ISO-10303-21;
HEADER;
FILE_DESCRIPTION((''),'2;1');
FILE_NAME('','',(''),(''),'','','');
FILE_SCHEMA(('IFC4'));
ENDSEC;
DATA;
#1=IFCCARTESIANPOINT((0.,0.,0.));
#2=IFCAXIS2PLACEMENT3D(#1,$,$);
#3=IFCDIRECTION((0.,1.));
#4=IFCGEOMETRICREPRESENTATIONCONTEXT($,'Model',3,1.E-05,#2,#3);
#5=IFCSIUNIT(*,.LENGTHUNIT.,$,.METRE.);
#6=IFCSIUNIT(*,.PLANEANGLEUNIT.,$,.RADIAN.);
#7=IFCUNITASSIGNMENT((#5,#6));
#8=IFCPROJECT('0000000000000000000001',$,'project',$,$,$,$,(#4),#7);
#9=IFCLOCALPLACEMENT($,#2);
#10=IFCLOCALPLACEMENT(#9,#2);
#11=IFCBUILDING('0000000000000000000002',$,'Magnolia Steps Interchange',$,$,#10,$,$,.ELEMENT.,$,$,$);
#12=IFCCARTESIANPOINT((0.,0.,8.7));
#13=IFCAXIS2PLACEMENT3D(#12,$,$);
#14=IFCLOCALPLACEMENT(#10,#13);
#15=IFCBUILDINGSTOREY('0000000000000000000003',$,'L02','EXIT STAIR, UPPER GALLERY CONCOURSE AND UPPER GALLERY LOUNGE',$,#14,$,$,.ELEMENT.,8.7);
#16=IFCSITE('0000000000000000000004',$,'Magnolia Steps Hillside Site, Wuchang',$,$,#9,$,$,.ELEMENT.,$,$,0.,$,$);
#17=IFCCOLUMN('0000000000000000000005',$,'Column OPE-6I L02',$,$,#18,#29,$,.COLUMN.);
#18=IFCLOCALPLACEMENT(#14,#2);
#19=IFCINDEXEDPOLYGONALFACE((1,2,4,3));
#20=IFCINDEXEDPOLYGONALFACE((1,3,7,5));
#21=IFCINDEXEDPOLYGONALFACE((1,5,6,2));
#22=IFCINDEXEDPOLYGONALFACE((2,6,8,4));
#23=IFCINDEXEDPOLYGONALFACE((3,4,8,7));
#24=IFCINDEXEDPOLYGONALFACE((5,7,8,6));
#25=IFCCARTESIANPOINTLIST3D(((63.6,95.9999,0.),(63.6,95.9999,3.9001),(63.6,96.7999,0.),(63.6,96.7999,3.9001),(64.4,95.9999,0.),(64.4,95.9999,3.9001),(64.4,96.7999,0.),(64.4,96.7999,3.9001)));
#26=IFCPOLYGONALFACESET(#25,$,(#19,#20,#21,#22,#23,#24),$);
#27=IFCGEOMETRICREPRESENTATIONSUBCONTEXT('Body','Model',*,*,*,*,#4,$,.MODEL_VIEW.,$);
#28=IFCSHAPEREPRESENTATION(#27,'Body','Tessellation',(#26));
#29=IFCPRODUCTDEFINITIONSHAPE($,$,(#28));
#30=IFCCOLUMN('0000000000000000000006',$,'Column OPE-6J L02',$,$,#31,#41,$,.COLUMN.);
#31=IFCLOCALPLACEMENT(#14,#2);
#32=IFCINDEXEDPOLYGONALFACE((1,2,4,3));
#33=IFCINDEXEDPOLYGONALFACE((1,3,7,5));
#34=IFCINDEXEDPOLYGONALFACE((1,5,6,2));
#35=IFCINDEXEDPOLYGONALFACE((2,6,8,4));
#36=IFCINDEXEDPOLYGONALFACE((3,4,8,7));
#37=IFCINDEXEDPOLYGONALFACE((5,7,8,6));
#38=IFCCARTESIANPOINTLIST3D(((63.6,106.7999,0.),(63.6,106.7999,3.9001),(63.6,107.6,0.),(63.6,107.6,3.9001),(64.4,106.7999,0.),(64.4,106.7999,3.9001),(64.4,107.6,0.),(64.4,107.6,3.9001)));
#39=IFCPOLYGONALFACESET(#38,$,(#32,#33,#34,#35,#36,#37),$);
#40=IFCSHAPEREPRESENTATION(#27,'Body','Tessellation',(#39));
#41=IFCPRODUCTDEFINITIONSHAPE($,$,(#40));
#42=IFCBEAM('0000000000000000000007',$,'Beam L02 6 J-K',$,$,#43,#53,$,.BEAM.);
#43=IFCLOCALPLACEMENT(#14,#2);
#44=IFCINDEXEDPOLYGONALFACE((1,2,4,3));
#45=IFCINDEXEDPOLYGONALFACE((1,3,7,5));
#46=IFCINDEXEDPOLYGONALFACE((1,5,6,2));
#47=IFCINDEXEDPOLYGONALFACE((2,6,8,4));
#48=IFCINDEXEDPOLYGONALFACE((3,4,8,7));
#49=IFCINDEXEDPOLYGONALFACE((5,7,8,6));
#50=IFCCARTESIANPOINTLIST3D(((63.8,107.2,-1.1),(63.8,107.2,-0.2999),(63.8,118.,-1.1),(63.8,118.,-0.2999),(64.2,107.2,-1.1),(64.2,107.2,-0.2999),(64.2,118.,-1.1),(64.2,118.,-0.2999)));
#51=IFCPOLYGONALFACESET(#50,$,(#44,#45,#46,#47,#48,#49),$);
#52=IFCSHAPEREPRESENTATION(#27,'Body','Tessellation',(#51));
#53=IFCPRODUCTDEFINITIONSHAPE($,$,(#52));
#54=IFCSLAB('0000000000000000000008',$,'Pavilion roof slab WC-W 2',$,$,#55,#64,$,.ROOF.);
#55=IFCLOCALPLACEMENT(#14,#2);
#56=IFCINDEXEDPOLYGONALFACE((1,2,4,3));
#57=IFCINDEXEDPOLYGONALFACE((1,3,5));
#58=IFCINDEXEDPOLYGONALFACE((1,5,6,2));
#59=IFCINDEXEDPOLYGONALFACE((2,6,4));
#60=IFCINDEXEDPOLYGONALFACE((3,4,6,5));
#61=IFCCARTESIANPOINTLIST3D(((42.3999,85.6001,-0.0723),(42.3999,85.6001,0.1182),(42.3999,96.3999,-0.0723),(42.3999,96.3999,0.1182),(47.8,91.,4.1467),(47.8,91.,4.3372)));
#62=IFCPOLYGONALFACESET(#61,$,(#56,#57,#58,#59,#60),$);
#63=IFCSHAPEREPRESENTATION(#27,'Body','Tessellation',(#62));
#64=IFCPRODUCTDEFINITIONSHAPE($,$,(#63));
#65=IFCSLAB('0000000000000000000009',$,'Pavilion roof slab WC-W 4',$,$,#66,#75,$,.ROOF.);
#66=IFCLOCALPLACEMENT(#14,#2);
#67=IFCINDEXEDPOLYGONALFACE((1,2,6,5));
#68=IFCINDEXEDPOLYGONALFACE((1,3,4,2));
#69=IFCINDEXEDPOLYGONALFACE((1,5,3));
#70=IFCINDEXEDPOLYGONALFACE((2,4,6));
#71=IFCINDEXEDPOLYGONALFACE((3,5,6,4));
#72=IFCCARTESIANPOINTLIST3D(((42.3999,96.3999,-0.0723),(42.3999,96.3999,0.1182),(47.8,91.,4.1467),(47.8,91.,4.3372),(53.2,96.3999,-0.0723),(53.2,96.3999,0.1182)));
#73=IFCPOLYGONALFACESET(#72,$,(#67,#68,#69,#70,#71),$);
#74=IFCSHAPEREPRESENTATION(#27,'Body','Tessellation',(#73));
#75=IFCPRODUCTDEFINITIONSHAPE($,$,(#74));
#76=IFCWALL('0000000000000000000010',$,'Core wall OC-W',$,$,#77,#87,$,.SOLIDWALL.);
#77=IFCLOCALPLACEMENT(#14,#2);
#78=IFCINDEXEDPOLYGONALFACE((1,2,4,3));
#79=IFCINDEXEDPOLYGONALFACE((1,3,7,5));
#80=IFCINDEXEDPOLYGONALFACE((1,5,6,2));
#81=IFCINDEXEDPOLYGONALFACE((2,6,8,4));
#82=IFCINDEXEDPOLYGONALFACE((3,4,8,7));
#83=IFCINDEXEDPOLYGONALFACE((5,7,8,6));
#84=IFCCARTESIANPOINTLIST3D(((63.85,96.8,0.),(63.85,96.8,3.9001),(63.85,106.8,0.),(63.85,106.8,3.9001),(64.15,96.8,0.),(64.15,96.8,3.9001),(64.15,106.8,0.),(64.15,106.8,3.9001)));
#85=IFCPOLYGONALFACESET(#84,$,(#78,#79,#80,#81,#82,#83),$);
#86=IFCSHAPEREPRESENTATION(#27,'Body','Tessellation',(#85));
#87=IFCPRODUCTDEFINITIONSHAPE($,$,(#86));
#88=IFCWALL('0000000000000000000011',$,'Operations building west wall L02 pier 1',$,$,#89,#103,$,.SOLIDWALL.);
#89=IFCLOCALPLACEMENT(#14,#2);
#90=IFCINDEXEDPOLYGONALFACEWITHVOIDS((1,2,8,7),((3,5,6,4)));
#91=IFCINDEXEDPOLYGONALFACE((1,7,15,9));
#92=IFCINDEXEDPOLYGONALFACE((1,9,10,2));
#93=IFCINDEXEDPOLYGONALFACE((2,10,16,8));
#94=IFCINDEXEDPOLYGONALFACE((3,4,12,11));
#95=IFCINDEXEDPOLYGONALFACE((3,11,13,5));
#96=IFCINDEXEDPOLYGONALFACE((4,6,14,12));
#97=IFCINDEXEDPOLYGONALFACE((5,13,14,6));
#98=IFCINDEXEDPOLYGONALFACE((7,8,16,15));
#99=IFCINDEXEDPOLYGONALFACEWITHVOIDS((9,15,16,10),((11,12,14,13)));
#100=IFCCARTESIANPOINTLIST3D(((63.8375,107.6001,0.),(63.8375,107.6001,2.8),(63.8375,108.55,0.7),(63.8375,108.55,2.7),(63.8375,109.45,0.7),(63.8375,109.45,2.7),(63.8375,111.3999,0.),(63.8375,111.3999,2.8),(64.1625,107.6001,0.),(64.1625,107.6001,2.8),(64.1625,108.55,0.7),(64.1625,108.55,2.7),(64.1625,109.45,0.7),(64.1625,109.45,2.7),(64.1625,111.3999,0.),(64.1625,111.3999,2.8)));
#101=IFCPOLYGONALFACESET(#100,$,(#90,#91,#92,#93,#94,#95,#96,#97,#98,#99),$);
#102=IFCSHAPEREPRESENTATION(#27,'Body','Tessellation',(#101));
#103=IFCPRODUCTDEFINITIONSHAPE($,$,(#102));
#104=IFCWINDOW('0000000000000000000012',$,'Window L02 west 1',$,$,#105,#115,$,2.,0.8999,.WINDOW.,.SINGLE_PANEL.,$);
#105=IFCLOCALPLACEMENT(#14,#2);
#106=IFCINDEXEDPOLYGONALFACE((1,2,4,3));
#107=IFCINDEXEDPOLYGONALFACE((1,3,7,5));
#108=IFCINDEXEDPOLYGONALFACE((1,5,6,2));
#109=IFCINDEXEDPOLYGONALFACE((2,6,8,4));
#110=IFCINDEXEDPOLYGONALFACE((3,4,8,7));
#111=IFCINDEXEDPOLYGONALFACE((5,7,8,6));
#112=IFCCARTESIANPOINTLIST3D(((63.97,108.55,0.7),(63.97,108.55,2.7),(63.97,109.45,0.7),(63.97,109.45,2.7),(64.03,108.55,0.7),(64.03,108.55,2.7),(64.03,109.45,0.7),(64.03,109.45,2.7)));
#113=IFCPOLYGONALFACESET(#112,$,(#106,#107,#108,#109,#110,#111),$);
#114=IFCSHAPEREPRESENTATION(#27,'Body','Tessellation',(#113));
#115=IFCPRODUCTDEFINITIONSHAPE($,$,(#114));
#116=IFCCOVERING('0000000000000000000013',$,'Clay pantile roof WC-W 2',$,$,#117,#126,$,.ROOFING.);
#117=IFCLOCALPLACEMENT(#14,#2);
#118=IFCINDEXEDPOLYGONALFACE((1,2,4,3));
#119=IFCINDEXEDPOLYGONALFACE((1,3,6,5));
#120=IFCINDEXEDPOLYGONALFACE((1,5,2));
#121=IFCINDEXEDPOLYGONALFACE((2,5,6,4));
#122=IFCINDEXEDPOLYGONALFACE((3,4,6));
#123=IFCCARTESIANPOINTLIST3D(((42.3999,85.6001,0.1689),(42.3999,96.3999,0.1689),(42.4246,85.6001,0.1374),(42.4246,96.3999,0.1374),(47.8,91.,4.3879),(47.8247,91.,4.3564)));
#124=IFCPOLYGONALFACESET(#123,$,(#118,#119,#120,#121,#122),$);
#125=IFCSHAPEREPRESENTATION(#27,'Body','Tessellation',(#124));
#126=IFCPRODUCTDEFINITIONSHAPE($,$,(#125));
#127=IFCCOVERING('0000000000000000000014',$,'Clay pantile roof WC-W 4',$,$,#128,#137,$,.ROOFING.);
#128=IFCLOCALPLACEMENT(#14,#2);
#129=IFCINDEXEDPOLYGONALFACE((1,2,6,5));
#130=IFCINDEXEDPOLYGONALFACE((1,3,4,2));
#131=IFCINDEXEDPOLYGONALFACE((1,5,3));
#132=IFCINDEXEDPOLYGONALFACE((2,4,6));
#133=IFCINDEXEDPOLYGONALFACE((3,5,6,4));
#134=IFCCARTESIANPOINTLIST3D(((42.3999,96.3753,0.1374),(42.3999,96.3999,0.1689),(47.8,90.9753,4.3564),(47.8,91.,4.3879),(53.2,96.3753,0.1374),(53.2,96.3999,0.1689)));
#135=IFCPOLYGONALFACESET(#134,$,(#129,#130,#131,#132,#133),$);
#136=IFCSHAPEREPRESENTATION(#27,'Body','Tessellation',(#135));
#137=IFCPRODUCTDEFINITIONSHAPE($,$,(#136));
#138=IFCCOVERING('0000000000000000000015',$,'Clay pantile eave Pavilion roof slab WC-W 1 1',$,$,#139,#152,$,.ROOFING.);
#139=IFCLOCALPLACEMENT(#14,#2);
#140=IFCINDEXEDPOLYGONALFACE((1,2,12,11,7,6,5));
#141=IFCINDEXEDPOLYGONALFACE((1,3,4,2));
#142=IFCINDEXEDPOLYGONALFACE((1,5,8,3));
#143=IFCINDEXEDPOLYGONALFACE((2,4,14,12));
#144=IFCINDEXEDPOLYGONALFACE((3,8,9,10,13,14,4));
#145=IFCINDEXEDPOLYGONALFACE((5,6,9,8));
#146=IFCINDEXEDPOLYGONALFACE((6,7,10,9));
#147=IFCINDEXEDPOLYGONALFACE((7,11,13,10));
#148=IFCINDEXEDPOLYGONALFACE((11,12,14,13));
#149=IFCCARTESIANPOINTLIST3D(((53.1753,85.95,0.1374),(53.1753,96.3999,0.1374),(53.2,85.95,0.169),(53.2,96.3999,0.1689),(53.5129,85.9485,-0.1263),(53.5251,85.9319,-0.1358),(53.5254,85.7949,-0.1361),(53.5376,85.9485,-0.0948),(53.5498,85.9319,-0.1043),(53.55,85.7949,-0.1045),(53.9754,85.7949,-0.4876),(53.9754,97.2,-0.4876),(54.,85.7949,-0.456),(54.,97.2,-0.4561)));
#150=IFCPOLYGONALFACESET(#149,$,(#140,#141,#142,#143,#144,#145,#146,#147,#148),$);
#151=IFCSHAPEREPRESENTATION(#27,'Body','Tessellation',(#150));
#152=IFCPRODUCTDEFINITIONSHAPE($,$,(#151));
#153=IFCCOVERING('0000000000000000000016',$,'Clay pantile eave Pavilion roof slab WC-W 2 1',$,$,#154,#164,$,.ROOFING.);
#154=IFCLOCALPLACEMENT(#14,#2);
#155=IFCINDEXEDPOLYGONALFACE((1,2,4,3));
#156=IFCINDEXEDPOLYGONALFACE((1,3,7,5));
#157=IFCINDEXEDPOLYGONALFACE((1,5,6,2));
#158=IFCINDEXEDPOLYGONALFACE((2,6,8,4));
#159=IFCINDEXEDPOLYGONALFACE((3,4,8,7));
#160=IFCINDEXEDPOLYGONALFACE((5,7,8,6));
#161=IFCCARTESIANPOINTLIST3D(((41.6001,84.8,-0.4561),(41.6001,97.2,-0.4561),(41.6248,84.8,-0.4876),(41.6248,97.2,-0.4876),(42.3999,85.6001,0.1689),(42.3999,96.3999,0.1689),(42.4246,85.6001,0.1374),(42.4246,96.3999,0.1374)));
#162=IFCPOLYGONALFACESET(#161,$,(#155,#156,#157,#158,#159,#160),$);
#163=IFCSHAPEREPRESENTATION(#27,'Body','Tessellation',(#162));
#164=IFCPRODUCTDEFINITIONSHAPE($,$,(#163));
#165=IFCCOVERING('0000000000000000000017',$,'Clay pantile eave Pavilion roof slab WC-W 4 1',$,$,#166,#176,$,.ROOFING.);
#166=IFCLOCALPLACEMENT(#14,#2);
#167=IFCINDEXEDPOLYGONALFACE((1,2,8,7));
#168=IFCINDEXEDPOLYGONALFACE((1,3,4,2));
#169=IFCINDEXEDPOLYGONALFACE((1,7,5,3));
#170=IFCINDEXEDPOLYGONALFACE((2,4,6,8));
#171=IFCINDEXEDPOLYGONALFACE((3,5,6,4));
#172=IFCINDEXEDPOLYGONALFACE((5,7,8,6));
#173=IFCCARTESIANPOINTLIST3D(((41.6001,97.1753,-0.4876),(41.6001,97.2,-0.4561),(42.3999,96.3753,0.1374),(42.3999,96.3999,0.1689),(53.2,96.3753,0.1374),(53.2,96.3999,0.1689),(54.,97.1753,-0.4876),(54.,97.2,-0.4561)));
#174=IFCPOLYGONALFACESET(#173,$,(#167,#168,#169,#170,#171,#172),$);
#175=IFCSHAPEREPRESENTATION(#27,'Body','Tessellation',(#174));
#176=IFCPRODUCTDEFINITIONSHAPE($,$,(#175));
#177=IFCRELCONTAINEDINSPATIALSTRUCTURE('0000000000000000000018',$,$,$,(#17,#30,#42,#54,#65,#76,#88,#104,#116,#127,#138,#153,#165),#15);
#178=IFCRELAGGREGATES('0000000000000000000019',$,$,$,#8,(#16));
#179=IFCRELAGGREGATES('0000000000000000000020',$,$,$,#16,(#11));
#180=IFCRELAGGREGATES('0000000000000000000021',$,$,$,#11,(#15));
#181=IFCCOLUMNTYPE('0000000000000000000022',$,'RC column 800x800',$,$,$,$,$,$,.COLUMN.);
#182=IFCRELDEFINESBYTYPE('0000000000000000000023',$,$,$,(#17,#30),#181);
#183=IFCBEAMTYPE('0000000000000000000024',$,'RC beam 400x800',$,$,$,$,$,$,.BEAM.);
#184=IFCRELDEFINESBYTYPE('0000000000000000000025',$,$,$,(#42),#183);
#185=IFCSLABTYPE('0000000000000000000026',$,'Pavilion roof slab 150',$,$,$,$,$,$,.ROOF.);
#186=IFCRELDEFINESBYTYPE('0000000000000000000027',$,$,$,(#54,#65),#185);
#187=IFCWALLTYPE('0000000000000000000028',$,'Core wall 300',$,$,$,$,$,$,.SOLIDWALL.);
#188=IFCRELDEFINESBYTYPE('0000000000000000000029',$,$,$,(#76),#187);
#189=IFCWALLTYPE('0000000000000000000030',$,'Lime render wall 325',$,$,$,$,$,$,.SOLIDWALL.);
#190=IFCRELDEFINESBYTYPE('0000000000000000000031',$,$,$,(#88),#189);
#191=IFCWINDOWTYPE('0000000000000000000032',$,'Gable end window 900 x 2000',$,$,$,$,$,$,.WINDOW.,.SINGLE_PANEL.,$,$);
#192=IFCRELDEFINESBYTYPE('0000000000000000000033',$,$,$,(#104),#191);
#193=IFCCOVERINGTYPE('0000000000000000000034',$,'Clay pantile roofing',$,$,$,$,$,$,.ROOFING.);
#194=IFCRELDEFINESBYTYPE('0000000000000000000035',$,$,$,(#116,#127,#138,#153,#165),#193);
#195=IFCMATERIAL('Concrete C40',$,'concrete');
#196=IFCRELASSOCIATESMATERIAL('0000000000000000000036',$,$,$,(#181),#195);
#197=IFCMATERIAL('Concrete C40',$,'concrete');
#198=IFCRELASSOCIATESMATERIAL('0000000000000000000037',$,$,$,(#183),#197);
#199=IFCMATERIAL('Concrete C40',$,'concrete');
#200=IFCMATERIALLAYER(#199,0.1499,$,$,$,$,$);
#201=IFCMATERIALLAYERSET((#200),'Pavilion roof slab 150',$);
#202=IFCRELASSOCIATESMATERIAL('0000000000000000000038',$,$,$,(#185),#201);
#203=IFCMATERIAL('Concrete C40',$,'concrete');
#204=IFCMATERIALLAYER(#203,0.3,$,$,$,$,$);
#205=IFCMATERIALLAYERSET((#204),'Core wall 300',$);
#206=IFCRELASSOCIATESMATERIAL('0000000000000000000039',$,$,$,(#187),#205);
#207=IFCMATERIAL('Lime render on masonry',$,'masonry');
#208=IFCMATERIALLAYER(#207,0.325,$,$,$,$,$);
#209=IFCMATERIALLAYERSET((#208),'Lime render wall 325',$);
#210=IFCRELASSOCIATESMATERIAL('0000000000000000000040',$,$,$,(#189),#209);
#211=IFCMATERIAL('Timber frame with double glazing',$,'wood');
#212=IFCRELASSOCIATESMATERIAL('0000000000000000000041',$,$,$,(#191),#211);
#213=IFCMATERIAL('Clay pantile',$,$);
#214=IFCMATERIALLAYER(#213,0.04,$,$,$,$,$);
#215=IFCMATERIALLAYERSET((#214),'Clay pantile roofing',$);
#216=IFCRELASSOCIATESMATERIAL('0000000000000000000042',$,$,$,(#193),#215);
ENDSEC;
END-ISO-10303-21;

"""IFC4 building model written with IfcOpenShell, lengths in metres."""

from ifc_helpers import new_model, si_unit, direction, frame, frame_2d, origin, origin_2d, place, context, subcontext, project, spatial, polyline, rectangle, outline, extrude, material, layer, layer_set, material_profile, profile_set, type_object, element, fill, save


model = new_model("IFC4")

# Units and contexts
model_context = context("Model", 3, precision=1e-05, world=origin(), true_north=direction((0.0, 1.0)))
body_context = subcontext(model_context, "Body", "Model", "MODEL_VIEW")
ifc_project = project(units=[si_unit("LENGTHUNIT", "METRE"), si_unit("PLANEANGLEUNIT", "RADIAN")], contexts=[model_context])

# Site, building, storey
site_placement = place(None, origin())
site = spatial("IfcSite", under=ifc_project, at=site_placement, Name="Magnolia Steps Hillside Site, Wuchang", CompositionType="ELEMENT", RefElevation=0.0)
building_placement = place(site_placement, origin())
building = spatial("IfcBuilding", under=site, at=building_placement, Name="Magnolia Steps Interchange", CompositionType="ELEMENT")
storey_placement = place(building_placement, frame((0.0, 0.0, 8.7)))
storey = spatial("IfcBuildingStorey", under=building, at=storey_placement, Name="L02", Description="EXIT STAIR, UPPER GALLERY CONCOURSE AND UPPER GALLERY LOUNGE", CompositionType="ELEMENT", Elevation=8.7)

# Columns
ifc_material_1 = material(Name="Concrete C40", Category="concrete")
ifc_material_profile_1 = material_profile(ifc_material_1, rectangle(XDim=0.8, YDim=0.8, at=origin_2d()), Name="RC800x800")
ifc_profile_set_1 = profile_set([ifc_material_profile_1], Name="Concrete C40")
column_type = type_object("IfcColumnType", Name="RC column 800x800", PredefinedType="COLUMN", material=ifc_profile_set_1)
for number, where, z_axis, x_axis, name in (
    (1, (64.0, 96.3999, 0.0), (0.0, 0.0, 1.0), (1.0, 0.0, 0.0), "Column OPE-6I L02"),
    (2, (64.0, 107.2, 0.0), (0.0, 0.0, 1.0), (1.0, 0.0, 0.0), "Column OPE-6J L02"),
):
    element("IfcColumn", number, at=place(storey_placement, frame(where, z_axis=z_axis, x_axis=x_axis)), inside=storey, type_object=column_type, Name=name, PredefinedType="COLUMN", context=body_context, shape_type="SweptSolid", body=[
        extrude(rectangle(XDim=0.8, YDim=0.8, at=origin_2d()), origin(), (0.0, 0.0, 1.0), 3.9001),
    ])

# Beam
ifc_material_2 = material(Name="Concrete C40", Category="concrete")
ifc_material_profile_2 = material_profile(ifc_material_2, rectangle(XDim=0.3999, YDim=0.8, at=origin_2d()), Name="RC400x800")
ifc_profile_set_2 = profile_set([ifc_material_profile_2], Name="Concrete C40")
beam_type = type_object("IfcBeamType", Name="RC beam 400x800", PredefinedType="BEAM", material=ifc_profile_set_2)
beam_placement = place(storey_placement, frame((64.0, 107.2, -0.7), z_axis=(0.0, 1.0, 0.0), x_axis=(-1.0, 0.0, 0.0)))
element("IfcBeam", 3, at=beam_placement, inside=storey, type_object=beam_type, Name="Beam L02 6 J-K", PredefinedType="BEAM", context=body_context, shape_type="SweptSolid", body=[
    extrude(rectangle(XDim=0.3999, YDim=0.8, at=origin_2d()), origin(), (0.0, 0.0, 1.0), 10.8),
])

# Slabs
ifc_material_3 = material(Name="Concrete C40", Category="concrete")
ifc_layer_1 = layer(ifc_material_3, 0.1499)
ifc_layer_set_1 = layer_set([ifc_layer_1], Name="Pavilion roof slab 150")
slab_type = type_object("IfcSlabType", Name="Pavilion roof slab 150", PredefinedType="ROOF", material=ifc_layer_set_1)
slab_1_placement = place(storey_placement, frame((42.3999, 96.3999, 0.1182), z_axis=(-0.615656, 0.0, 0.788015), x_axis=(0.0, -1.0, 0.0)))
element("IfcSlab", 4, at=slab_1_placement, inside=storey, type_object=slab_type, Name="Pavilion roof slab WC-W 2", PredefinedType="ROOF", context=body_context, shape_type="SweptSolid", body=[
    extrude(outline(polyline([(0.0, 0.0), (10.7998, 0.0), (5.3999, 6.8528), (0.0, 0.0)])), origin(), (0.0, -0.615656, -0.788015), 0.1904),
])
slab_2_placement = place(storey_placement, frame((53.2, 96.3999, 0.1182), z_axis=(0.0, 0.615673, 0.788002), x_axis=(-1.0, 0.0, 0.0)))
element("IfcSlab", 5, at=slab_2_placement, inside=storey, type_object=slab_type, Name="Pavilion roof slab WC-W 4", PredefinedType="ROOF", context=body_context, shape_type="SweptSolid", body=[
    extrude(outline(polyline([(0.0, 0.0), (10.8, 0.0), (5.3999, 6.8527), (0.0, 0.0)])), origin(), (0.0, -0.615673, -0.788002), 0.1904),
])

# Wall
ifc_material_4 = material(Name="Concrete C40", Category="concrete")
ifc_layer_2 = layer(ifc_material_4, 0.3)
ifc_layer_set_2 = layer_set([ifc_layer_2], Name="Core wall 300")
wall_type_1 = type_object("IfcWallType", Name="Core wall 300", PredefinedType="SOLIDWALL", material=ifc_layer_set_2)
wall_1_placement = place(storey_placement, frame((64.0, 106.8, 0.0), z_axis=(0.0, 0.0, 1.0), x_axis=(0.0, -1.0, 0.0)))
element("IfcWall", 6, at=wall_1_placement, inside=storey, type_object=wall_type_1, Name="Core wall OC-W", PredefinedType="SOLIDWALL", context=body_context, shape_type="SweptSolid", body=[
    extrude(rectangle(XDim=10.0, YDim=0.3, at=frame_2d((5.0, 0.0))), origin(), (0.0, 0.0, 1.0), 3.9001),
])

# Wall, opening, window
ifc_material_5 = material(Name="Lime render on masonry", Category="masonry")
ifc_layer_3 = layer(ifc_material_5, 0.325)
ifc_layer_set_3 = layer_set([ifc_layer_3], Name="Lime render wall 325")
wall_type_2 = type_object("IfcWallType", Name="Lime render wall 325", PredefinedType="SOLIDWALL", material=ifc_layer_set_3)
wall_2_placement = place(storey_placement, frame((64.0, 107.6001, 0.0), z_axis=(0.0, 0.0, 1.0), x_axis=(0.0, 1.0, 0.0)))
wall_2 = element("IfcWall", 7, at=wall_2_placement, inside=storey, type_object=wall_type_2, Name="Operations building west wall L02 pier 1", PredefinedType="SOLIDWALL", context=body_context, shape_type="SweptSolid", body=[
    extrude(rectangle(XDim=3.7998, YDim=0.325, at=frame_2d((1.8999, 0.0))), origin(), (0.0, 0.0, 1.0), 2.8),
])
opening_placement = place(wall_2_placement, frame((0.95, 0.0, 0.7)))
opening = element("IfcOpeningElement", 8, at=opening_placement, cuts=wall_2, PredefinedType="OPENING", context=body_context, shape_type="SweptSolid", body=[
    extrude(rectangle(XDim=0.8999, YDim=2.0, at=frame_2d((0.45, 1.0))), frame((0.0, 0.1724, 0.0), z_axis=(0.0, -1.0, 0.0), x_axis=(1.0, 0.0, 0.0)), (0.0, 0.0, 1.0), 0.345),
])
ifc_material_6 = material(Name="Timber frame with double glazing", Category="wood")
window_type = type_object("IfcWindowType", Name="Gable end window 900 x 2000", PartitioningType="SINGLE_PANEL", PredefinedType="WINDOW", material=ifc_material_6)
window_placement = place(opening_placement, origin())
window = element("IfcWindow", 9, at=window_placement, inside=storey, type_object=window_type, Name="Window L02 west 1", OverallHeight=2.0, OverallWidth=0.8999, PartitioningType="SINGLE_PANEL", PredefinedType="WINDOW", context=body_context, shape_type="SweptSolid", body=[
    extrude(rectangle(XDim=0.8999, YDim=2.0, at=frame_2d((0.45, 1.0))), frame((0.0, 0.03, 0.0), z_axis=(0.0, -1.0, 0.0), x_axis=(1.0, 0.0, 0.0)), (0.0, 0.0, 1.0), 0.0601),
])
fill(opening, window)

# Coverings
ifc_material_7 = material(Name="Clay pantile")
ifc_layer_4 = layer(ifc_material_7, 0.04)
ifc_layer_set_4 = layer_set([ifc_layer_4], Name="Clay pantile roofing")
covering_type_1 = type_object("IfcCoveringType", Name="Clay pantile roofing", PredefinedType="ROOFING", material=ifc_layer_set_4)
covering_1_placement = place(storey_placement, frame((42.3999, 96.3999, 0.1689), z_axis=(-0.615656, 0.0, 0.788015), x_axis=(0.0, -1.0, 0.0)))
element("IfcCovering", 10, at=covering_1_placement, inside=storey, type_object=covering_type_1, Name="Clay pantile roof WC-W 2", PredefinedType="ROOFING", context=body_context, shape_type="SweptSolid", body=[
    extrude(outline(polyline([(0.0, 0.0), (10.7998, 0.0), (5.3999, 6.8528), (0.0, 0.0)])), origin(), (0.0, 0.0, -1.0), 0.04),
])
covering_2_placement = place(storey_placement, frame((53.2, 96.3999, 0.1689), z_axis=(0.0, 0.615673, 0.788002), x_axis=(-1.0, 0.0, 0.0)))
element("IfcCovering", 11, at=covering_2_placement, inside=storey, type_object=covering_type_1, Name="Clay pantile roof WC-W 4", PredefinedType="ROOFING", context=body_context, shape_type="SweptSolid", body=[
    extrude(outline(polyline([(0.0, 0.0), (10.8, 0.0), (5.3999, 6.8527), (0.0, 0.0)])), origin(), (0.0, 0.0, -1.0), 0.04),
])
covering_3_placement = place(storey_placement, frame((54.0, 97.2, -0.4561), z_axis=(0.615621, 0.000003, 0.788042), x_axis=(0.000002, -1.0, 0.000002)))
element("IfcCovering", 12, at=covering_3_placement, inside=storey, type_object=covering_type_1, Name="Clay pantile eave Pavilion roof slab WC-W 1 1", PredefinedType="ROOFING", context=body_context, shape_type="SweptSolid", body=[
    extrude(outline(polyline([(0.0, 0.0), (11.405, 0.0), (11.405, -0.571), (11.2681, -0.5714), (11.2515, -0.5868), (11.25, -1.0152), (0.8, -1.0152), (0.0, 0.0)])), origin(), (0.0, 0.0, -1.0), 0.04),
])
covering_4_placement = place(storey_placement, frame((42.3999, 96.3999, 0.1689), z_axis=(-0.615737, 0.0, 0.787951), x_axis=(0.0, -1.0, 0.0)))
element("IfcCovering", 13, at=covering_4_placement, inside=storey, type_object=covering_type_1, Name="Clay pantile eave Pavilion roof slab WC-W 2 1", PredefinedType="ROOFING", context=body_context, shape_type="SweptSolid", body=[
    extrude(outline(polyline([(0.0, 0.0), (10.7998, 0.0), (11.5999, -1.015), (-0.8, -1.015), (0.0, 0.0)])), origin(), (0.0, 0.0, -1.0), 0.04),
])
covering_5_placement = place(storey_placement, frame((53.2, 96.3999, 0.1689), z_axis=(0.0, 0.615621, 0.788043), x_axis=(-1.0, 0.0, 0.0)))
element("IfcCovering", 14, at=covering_5_placement, inside=storey, type_object=covering_type_1, Name="Clay pantile eave Pavilion roof slab WC-W 4 1", PredefinedType="ROOFING", context=body_context, shape_type="SweptSolid", body=[
    extrude(outline(polyline([(0.0, 0.0), (10.8, 0.0), (11.5999, -1.0152), (-0.8, -1.0152), (0.0, 0.0)])), origin(), (0.0, 0.0, -1.0), 0.04),
])

save(model, "model.ifc")
